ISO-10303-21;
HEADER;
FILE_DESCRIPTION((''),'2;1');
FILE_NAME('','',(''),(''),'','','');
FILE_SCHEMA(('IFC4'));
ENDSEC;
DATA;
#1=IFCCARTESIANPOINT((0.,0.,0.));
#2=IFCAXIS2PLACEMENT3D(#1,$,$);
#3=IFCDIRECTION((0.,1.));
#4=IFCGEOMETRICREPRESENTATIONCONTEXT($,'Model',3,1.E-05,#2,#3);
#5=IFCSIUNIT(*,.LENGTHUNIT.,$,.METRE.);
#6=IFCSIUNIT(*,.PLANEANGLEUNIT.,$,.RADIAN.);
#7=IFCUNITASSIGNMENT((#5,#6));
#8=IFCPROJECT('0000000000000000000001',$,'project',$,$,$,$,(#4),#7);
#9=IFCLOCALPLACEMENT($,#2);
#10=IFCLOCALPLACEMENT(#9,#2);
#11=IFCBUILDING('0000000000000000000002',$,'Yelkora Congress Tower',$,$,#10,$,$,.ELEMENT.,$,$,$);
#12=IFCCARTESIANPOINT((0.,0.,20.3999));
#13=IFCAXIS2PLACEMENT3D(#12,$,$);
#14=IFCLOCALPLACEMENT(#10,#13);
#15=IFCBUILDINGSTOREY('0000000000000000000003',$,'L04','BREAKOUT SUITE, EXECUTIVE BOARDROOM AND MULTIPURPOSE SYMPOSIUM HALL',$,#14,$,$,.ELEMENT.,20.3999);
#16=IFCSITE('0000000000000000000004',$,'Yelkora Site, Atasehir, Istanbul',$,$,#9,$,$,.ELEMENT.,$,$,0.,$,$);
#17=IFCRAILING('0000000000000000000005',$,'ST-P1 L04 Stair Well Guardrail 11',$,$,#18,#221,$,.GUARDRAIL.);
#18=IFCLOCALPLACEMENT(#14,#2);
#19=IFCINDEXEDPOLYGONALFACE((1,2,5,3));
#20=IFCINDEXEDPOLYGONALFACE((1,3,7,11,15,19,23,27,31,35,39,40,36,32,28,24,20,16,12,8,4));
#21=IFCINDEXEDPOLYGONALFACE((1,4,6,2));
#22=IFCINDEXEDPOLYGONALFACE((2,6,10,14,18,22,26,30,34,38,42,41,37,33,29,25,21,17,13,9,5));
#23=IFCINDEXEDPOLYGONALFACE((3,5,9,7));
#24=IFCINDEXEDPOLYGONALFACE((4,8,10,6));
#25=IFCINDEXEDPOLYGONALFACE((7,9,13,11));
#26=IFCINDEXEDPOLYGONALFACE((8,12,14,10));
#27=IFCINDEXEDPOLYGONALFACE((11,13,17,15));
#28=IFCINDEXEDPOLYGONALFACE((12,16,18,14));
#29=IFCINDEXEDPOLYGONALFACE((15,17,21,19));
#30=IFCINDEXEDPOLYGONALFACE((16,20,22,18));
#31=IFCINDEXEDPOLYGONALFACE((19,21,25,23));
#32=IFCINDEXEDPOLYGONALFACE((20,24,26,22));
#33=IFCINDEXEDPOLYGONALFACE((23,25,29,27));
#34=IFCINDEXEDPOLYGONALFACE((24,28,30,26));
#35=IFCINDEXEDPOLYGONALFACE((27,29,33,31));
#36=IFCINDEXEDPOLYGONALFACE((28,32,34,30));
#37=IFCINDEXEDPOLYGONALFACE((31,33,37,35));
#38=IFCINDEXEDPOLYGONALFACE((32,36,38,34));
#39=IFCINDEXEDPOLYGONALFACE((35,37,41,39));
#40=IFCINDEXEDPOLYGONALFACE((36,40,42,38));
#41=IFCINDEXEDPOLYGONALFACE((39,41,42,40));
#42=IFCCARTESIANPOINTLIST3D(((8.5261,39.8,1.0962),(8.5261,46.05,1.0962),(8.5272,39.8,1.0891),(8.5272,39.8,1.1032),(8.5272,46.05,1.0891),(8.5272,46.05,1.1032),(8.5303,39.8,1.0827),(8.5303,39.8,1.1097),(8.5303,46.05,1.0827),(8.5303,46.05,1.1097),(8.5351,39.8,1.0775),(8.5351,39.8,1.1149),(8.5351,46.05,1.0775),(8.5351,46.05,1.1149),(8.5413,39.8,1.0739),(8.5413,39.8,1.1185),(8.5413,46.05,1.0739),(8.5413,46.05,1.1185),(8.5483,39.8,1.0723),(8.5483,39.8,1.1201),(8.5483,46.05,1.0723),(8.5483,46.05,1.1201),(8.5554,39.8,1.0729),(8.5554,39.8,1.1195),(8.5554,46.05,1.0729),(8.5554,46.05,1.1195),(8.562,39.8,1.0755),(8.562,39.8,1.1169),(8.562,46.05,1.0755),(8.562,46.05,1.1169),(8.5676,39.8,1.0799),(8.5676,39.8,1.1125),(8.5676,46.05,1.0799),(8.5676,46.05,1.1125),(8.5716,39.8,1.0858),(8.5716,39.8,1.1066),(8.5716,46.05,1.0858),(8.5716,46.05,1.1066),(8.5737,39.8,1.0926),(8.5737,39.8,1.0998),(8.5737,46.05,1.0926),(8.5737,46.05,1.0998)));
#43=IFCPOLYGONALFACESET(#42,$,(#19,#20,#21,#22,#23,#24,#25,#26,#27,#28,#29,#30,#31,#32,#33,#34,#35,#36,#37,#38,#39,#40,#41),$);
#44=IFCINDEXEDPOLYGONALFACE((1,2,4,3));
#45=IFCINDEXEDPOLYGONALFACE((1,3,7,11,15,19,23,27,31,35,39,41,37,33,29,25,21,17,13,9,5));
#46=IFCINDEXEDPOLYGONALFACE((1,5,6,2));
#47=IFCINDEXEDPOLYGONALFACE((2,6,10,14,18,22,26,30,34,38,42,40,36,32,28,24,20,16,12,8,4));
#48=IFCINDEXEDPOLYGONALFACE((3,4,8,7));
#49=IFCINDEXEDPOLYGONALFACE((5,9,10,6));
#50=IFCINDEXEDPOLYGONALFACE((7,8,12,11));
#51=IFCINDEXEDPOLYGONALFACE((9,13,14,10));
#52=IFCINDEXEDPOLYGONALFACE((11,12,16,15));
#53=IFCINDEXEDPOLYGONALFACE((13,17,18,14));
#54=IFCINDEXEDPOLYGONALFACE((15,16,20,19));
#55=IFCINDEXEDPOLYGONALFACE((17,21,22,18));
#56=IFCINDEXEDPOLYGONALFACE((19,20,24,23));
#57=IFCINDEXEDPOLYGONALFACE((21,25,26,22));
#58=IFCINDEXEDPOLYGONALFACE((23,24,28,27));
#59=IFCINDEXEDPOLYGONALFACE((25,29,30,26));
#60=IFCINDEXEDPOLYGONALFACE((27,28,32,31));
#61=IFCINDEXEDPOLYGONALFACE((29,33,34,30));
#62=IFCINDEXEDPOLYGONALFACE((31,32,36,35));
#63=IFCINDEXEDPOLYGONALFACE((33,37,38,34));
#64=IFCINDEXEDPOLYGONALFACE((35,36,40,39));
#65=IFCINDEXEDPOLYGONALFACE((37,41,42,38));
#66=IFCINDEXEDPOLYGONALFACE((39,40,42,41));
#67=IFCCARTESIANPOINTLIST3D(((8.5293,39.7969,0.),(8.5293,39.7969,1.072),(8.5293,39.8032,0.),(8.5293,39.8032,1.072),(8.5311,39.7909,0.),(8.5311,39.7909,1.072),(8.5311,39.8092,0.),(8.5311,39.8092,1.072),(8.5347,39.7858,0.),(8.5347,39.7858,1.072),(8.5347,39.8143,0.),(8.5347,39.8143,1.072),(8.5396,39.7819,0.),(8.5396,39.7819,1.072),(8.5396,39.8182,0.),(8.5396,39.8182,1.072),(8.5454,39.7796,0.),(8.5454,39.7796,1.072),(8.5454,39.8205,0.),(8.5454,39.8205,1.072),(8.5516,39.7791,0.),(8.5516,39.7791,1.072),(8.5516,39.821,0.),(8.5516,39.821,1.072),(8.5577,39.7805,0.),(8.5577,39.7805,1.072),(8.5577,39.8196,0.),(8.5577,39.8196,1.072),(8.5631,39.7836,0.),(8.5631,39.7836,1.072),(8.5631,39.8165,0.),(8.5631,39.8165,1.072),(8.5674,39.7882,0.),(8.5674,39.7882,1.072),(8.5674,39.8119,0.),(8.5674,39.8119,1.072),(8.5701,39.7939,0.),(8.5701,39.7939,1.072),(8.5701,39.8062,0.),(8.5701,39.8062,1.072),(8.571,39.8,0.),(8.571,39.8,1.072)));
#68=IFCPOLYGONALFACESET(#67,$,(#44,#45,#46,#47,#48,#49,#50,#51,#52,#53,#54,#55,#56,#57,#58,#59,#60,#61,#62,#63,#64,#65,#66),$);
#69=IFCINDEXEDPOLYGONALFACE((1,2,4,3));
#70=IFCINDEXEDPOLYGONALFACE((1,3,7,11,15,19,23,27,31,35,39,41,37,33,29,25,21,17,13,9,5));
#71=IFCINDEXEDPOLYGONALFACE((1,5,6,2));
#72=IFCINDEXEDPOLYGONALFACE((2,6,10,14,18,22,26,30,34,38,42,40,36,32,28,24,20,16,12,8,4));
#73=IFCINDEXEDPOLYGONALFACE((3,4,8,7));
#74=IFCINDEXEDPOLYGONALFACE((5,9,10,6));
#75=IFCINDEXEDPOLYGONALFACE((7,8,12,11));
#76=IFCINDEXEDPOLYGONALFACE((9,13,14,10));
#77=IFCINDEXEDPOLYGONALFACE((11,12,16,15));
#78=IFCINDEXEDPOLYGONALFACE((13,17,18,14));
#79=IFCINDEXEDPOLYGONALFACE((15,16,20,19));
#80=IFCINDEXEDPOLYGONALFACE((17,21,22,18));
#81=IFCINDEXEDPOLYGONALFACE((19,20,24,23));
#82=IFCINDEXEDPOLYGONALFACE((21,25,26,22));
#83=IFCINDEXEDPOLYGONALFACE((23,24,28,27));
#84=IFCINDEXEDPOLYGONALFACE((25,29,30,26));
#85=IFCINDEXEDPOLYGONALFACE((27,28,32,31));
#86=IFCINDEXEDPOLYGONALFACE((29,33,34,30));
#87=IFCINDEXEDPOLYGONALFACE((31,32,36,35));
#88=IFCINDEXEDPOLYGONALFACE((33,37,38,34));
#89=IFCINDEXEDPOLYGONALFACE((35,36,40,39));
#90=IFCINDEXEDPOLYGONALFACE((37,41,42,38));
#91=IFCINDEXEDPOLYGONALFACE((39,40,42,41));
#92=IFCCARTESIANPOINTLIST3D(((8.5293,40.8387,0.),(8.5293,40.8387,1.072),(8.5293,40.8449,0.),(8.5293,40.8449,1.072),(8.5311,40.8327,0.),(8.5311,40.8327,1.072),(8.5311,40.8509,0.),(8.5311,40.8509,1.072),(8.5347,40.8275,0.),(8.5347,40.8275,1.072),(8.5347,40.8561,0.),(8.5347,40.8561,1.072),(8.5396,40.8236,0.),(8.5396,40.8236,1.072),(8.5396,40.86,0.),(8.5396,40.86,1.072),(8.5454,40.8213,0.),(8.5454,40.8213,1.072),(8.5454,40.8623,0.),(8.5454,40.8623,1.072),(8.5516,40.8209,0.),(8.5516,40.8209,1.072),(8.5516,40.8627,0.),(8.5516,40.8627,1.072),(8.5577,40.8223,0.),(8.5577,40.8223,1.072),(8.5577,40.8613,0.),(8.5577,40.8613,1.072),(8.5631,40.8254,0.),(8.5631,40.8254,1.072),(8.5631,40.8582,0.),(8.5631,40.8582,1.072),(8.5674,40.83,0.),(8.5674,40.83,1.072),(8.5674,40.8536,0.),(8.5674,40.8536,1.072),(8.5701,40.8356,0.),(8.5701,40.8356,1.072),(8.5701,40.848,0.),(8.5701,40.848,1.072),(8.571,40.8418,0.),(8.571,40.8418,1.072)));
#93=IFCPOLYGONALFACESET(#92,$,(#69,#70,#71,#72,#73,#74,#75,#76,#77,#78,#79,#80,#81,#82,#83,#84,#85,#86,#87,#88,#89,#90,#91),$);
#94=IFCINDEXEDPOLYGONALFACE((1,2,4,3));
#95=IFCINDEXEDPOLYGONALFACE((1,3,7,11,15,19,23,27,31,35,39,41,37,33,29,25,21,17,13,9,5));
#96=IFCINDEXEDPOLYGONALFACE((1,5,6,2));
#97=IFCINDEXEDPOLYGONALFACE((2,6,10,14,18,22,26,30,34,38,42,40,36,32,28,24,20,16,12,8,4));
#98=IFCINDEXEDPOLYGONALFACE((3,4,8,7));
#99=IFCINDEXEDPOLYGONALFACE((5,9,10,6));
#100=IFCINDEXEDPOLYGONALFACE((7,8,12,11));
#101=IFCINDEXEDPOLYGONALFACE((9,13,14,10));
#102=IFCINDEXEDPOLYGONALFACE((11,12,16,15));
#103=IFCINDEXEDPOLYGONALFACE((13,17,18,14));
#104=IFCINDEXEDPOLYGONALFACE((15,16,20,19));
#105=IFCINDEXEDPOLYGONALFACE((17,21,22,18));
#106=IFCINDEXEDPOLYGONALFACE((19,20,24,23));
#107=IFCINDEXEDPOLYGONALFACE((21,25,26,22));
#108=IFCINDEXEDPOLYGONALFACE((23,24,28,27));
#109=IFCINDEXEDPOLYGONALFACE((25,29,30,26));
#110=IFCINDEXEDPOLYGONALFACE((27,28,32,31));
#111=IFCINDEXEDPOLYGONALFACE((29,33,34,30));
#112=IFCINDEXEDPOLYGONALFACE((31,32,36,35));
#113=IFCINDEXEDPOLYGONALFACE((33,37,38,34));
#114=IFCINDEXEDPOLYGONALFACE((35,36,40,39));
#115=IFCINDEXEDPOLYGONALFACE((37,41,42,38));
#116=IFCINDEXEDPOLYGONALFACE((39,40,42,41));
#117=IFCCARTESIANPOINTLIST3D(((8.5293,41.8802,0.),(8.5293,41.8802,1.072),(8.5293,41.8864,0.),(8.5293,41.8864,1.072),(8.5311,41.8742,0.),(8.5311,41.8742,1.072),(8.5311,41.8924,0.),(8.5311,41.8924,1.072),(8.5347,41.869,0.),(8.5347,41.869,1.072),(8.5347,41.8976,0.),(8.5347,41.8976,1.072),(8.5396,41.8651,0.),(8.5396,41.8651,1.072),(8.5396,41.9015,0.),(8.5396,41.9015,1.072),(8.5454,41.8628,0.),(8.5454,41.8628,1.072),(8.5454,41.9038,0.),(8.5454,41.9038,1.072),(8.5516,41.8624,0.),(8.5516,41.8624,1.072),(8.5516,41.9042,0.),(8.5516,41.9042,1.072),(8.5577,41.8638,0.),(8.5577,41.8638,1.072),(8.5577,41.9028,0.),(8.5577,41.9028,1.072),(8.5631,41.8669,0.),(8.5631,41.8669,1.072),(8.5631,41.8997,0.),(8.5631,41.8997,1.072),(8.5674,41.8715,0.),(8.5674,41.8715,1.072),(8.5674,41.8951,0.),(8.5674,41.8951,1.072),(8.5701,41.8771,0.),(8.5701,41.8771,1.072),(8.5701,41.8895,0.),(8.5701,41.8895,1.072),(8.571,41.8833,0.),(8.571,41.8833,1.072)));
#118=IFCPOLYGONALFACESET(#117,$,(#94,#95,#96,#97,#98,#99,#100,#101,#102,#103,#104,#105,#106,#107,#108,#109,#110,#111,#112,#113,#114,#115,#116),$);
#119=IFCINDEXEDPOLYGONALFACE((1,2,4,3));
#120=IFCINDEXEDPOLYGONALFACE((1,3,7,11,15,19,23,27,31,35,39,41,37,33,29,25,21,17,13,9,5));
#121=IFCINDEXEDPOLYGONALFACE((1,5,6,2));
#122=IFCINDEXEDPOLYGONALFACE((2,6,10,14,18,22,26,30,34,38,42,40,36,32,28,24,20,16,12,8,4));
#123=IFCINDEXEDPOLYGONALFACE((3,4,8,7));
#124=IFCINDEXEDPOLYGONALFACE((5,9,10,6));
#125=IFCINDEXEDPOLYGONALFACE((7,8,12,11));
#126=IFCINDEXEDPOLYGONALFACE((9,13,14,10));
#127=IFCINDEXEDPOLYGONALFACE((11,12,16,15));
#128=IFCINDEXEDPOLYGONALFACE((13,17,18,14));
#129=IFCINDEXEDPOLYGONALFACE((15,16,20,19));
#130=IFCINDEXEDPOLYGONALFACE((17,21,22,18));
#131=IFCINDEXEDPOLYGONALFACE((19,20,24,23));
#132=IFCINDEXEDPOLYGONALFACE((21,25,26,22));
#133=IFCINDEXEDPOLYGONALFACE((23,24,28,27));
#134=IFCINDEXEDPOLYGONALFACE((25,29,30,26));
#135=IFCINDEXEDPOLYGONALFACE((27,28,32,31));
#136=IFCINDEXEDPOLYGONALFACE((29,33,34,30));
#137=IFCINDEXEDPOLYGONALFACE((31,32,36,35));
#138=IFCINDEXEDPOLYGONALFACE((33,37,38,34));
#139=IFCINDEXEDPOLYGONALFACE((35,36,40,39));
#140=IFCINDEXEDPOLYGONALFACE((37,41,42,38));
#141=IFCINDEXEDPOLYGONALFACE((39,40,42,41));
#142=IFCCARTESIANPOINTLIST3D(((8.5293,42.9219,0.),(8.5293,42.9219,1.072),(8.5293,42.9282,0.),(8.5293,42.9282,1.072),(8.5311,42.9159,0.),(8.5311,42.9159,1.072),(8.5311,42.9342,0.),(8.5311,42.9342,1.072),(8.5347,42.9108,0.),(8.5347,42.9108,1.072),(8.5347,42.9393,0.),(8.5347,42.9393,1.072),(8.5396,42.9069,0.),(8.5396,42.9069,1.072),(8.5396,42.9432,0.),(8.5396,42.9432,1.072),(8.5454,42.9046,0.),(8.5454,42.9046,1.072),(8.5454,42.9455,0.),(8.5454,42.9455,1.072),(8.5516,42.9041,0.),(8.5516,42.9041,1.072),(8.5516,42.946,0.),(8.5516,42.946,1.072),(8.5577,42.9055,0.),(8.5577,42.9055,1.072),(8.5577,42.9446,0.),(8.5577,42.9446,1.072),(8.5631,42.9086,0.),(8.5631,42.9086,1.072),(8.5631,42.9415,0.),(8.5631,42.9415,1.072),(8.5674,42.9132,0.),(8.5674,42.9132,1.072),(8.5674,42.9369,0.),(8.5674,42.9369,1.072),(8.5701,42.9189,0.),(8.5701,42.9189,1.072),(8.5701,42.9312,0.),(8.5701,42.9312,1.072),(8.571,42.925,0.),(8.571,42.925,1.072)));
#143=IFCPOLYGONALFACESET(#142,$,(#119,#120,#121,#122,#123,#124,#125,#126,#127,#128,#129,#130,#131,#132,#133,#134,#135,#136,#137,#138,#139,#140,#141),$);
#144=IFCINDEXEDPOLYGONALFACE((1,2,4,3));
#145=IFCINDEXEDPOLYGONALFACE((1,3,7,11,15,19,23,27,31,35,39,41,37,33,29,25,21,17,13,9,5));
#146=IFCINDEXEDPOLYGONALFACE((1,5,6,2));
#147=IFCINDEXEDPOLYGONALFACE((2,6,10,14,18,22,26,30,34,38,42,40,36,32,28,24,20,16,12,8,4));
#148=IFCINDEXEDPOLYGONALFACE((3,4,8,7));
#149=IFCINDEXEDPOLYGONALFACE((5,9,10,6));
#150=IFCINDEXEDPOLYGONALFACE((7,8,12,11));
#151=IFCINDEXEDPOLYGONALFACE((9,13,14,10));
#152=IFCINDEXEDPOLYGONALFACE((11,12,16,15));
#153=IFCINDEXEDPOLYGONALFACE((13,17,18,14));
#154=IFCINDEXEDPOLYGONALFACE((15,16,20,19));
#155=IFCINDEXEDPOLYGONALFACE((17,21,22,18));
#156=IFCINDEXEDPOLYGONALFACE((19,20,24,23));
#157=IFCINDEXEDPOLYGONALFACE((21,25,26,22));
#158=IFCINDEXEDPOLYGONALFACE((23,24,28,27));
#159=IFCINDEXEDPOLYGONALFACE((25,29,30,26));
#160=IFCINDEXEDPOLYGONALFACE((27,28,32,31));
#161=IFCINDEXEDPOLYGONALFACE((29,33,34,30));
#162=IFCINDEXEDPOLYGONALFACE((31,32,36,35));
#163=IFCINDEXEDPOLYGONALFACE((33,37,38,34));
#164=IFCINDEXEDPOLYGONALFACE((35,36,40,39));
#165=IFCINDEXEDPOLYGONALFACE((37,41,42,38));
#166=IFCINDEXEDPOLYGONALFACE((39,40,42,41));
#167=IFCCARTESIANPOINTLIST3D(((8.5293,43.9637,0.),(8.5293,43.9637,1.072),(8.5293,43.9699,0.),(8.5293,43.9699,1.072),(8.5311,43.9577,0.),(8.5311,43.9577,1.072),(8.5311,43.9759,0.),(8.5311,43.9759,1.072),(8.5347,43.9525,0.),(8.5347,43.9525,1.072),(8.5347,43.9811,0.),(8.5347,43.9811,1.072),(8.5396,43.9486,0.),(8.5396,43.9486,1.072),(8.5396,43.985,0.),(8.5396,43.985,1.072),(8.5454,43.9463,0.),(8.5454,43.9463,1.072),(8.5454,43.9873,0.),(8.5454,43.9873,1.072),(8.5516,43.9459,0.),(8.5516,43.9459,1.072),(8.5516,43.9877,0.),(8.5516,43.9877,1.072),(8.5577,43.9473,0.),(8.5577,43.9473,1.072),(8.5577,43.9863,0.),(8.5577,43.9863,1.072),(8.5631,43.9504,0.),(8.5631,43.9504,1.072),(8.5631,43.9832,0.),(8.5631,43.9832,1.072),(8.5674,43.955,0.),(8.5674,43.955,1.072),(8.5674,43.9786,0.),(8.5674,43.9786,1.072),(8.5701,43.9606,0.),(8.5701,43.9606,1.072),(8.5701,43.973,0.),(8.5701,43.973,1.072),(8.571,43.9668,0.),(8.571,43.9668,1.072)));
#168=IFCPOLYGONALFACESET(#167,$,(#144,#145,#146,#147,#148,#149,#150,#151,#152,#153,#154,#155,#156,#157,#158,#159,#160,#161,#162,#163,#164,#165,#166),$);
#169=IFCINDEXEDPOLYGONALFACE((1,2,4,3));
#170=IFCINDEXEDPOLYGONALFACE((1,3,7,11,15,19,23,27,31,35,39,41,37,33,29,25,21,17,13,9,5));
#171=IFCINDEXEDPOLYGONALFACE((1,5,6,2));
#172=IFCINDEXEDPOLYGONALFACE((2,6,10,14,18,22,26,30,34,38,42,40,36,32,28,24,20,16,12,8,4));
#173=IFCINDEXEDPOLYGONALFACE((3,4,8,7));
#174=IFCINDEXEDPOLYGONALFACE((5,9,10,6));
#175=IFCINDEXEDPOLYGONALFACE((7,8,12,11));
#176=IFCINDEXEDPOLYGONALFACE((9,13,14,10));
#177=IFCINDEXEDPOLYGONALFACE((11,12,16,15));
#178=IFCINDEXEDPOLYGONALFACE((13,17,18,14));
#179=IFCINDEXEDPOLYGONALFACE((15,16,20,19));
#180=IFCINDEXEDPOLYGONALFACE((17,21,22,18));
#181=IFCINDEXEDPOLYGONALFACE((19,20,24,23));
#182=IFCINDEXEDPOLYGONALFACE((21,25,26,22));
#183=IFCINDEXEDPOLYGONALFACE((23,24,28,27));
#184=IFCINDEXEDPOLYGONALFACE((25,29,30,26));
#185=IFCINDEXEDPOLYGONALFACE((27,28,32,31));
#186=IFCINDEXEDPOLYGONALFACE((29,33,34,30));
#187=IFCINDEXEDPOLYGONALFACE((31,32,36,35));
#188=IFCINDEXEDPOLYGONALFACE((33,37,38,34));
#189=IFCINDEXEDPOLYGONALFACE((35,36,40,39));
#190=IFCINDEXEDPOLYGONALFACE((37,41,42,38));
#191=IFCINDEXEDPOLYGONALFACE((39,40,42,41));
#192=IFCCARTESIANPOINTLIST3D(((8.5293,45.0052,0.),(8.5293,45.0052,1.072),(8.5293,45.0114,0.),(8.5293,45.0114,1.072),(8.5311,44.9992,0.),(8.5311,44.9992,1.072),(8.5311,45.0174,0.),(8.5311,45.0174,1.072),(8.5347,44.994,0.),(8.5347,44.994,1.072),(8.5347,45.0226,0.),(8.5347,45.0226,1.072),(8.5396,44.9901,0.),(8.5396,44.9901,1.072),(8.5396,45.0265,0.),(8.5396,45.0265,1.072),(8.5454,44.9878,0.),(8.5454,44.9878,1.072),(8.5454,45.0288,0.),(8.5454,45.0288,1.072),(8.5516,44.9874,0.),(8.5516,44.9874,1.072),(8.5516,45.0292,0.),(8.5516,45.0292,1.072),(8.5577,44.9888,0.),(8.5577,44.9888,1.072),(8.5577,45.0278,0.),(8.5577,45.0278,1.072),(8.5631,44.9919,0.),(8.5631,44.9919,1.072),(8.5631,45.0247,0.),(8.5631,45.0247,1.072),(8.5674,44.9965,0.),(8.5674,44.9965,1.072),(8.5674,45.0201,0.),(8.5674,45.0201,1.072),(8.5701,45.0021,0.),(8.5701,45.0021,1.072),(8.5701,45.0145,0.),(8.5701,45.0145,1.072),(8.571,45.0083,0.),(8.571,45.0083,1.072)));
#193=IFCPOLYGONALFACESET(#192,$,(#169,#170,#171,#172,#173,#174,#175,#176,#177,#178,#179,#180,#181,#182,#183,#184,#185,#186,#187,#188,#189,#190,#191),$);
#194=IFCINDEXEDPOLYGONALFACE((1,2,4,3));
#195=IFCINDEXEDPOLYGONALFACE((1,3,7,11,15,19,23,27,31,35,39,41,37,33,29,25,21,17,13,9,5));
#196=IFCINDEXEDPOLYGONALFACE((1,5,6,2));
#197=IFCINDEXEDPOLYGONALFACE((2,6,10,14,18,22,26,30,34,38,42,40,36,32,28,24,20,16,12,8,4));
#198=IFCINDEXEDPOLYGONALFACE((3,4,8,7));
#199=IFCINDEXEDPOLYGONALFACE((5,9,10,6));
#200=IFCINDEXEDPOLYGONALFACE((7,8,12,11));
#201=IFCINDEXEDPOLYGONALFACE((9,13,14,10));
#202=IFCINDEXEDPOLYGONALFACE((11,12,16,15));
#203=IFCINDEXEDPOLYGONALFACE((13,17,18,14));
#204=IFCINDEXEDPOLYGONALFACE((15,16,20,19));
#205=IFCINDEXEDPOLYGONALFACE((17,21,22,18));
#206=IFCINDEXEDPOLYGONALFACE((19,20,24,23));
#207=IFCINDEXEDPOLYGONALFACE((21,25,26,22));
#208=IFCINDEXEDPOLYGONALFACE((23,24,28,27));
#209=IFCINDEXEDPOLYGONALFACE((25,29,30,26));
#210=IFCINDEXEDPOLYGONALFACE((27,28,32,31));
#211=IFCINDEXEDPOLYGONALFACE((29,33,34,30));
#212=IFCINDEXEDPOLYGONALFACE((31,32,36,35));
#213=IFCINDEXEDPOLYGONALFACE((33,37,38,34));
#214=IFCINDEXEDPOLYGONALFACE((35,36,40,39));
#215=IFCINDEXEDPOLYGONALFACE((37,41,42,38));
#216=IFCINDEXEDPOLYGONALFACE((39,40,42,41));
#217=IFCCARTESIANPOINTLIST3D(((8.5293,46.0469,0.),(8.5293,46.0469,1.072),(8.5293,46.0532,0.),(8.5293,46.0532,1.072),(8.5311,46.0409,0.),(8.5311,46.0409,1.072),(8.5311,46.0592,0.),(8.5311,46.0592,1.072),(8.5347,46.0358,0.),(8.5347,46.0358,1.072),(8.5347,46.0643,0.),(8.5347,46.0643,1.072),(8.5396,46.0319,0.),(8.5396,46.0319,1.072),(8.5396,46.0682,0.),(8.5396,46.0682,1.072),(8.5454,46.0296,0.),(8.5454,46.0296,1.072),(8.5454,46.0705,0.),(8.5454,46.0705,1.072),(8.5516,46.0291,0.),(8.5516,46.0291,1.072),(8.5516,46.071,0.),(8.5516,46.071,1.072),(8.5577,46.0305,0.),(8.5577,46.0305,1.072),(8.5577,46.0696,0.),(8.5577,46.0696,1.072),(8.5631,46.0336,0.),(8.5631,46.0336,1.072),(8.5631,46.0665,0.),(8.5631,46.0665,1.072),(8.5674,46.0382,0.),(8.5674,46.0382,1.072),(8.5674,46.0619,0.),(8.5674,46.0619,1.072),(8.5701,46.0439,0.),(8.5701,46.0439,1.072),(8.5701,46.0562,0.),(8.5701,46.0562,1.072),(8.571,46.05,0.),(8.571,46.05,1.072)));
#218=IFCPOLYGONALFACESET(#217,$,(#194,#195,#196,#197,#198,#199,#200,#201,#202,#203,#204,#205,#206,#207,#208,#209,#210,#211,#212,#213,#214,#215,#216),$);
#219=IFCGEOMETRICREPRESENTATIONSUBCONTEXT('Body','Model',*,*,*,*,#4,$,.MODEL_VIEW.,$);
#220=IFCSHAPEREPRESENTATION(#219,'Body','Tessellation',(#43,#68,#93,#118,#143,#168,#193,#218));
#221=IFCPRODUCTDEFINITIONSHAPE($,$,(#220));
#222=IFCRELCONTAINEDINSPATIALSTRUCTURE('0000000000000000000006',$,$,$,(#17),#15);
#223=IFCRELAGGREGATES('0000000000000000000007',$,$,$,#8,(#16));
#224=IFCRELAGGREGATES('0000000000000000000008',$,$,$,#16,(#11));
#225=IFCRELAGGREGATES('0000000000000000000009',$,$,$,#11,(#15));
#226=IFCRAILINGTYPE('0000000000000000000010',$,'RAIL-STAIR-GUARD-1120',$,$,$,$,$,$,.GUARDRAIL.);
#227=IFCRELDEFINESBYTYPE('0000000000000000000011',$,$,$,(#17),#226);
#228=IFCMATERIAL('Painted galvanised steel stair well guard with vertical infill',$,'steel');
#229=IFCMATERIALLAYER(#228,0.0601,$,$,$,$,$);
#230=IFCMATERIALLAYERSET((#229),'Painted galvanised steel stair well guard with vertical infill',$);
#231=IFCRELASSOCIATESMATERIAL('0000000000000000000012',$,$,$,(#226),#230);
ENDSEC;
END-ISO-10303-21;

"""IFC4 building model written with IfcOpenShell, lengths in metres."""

from ifc_helpers import new_model, si_unit, direction, frame, origin, origin_2d, place, context, subcontext, project, spatial, circle, extrude, material, layer, layer_set, type_object, element, save


model = new_model("IFC4")

# Units and contexts
model_context = context("Model", 3, precision=1e-05, world=origin(), true_north=direction((0.0, 1.0)))
body_context = subcontext(model_context, "Body", "Model", "MODEL_VIEW")
ifc_project = project(units=[si_unit("LENGTHUNIT", "METRE"), si_unit("PLANEANGLEUNIT", "RADIAN")], contexts=[model_context])

# Site, building, storey
site_placement = place(None, origin())
site = spatial("IfcSite", under=ifc_project, at=site_placement, Name="Yelkora Site, Atasehir, Istanbul", CompositionType="ELEMENT", RefElevation=0.0)
building_placement = place(site_placement, origin())
building = spatial("IfcBuilding", under=site, at=building_placement, Name="Yelkora Congress Tower", CompositionType="ELEMENT")
storey_placement = place(building_placement, frame((0.0, 0.0, 20.3999)))
storey = spatial("IfcBuildingStorey", under=building, at=storey_placement, Name="L04", Description="BREAKOUT SUITE, EXECUTIVE BOARDROOM AND MULTIPURPOSE SYMPOSIUM HALL", CompositionType="ELEMENT", Elevation=20.3999)

# Railing
ifc_material_1 = material(Name="Painted galvanised steel stair well guard with vertical infill", Category="steel")
ifc_layer_1 = layer(ifc_material_1, 0.0601)
ifc_layer_set_1 = layer_set([ifc_layer_1], Name="Painted galvanised steel stair well guard with vertical infill")
railing_type_1 = type_object("IfcRailingType", Name="RAIL-STAIR-GUARD-1120", PredefinedType="GUARDRAIL", material=ifc_layer_set_1)
railing_1_placement = place(storey_placement, frame((8.55, 39.8, 0.0)))
element("IfcRailing", 1, at=railing_1_placement, inside=storey, type_object=railing_type_1, Name="ST-P1 L04 Stair Well Guardrail 11", PredefinedType="GUARDRAIL", context=body_context, shape_type="SweptSolid", body=[
    extrude(circle(Radius=0.0239, at=origin_2d()), frame((0.0, 0.0, 1.0962), z_axis=(0.0, 1.0, 0.0), x_axis=(-1.0, 0.0, 0.0)), (0.0, 0.0, 1.0), 6.25),
    extrude(circle(Radius=0.021, at=origin_2d()), origin(), (0.0, 0.0, 1.0), 1.072),
    extrude(circle(Radius=0.021, at=origin_2d()), frame((0.0, 1.0417, 0.0)), (0.0, 0.0, 1.0), 1.072),
    extrude(circle(Radius=0.021, at=origin_2d()), frame((0.0, 2.0833, 0.0)), (0.0, 0.0, 1.0), 1.072),
    extrude(circle(Radius=0.021, at=origin_2d()), frame((0.0, 3.125, 0.0)), (0.0, 0.0, 1.0), 1.072),
    extrude(circle(Radius=0.021, at=origin_2d()), frame((0.0, 4.1667, 0.0)), (0.0, 0.0, 1.0), 1.072),
    extrude(circle(Radius=0.021, at=origin_2d()), frame((0.0, 5.2083, 0.0)), (0.0, 0.0, 1.0), 1.072),
    extrude(circle(Radius=0.021, at=origin_2d()), frame((0.0, 6.25, 0.0)), (0.0, 0.0, 1.0), 1.072),
])

save(model, "model.ifc")
